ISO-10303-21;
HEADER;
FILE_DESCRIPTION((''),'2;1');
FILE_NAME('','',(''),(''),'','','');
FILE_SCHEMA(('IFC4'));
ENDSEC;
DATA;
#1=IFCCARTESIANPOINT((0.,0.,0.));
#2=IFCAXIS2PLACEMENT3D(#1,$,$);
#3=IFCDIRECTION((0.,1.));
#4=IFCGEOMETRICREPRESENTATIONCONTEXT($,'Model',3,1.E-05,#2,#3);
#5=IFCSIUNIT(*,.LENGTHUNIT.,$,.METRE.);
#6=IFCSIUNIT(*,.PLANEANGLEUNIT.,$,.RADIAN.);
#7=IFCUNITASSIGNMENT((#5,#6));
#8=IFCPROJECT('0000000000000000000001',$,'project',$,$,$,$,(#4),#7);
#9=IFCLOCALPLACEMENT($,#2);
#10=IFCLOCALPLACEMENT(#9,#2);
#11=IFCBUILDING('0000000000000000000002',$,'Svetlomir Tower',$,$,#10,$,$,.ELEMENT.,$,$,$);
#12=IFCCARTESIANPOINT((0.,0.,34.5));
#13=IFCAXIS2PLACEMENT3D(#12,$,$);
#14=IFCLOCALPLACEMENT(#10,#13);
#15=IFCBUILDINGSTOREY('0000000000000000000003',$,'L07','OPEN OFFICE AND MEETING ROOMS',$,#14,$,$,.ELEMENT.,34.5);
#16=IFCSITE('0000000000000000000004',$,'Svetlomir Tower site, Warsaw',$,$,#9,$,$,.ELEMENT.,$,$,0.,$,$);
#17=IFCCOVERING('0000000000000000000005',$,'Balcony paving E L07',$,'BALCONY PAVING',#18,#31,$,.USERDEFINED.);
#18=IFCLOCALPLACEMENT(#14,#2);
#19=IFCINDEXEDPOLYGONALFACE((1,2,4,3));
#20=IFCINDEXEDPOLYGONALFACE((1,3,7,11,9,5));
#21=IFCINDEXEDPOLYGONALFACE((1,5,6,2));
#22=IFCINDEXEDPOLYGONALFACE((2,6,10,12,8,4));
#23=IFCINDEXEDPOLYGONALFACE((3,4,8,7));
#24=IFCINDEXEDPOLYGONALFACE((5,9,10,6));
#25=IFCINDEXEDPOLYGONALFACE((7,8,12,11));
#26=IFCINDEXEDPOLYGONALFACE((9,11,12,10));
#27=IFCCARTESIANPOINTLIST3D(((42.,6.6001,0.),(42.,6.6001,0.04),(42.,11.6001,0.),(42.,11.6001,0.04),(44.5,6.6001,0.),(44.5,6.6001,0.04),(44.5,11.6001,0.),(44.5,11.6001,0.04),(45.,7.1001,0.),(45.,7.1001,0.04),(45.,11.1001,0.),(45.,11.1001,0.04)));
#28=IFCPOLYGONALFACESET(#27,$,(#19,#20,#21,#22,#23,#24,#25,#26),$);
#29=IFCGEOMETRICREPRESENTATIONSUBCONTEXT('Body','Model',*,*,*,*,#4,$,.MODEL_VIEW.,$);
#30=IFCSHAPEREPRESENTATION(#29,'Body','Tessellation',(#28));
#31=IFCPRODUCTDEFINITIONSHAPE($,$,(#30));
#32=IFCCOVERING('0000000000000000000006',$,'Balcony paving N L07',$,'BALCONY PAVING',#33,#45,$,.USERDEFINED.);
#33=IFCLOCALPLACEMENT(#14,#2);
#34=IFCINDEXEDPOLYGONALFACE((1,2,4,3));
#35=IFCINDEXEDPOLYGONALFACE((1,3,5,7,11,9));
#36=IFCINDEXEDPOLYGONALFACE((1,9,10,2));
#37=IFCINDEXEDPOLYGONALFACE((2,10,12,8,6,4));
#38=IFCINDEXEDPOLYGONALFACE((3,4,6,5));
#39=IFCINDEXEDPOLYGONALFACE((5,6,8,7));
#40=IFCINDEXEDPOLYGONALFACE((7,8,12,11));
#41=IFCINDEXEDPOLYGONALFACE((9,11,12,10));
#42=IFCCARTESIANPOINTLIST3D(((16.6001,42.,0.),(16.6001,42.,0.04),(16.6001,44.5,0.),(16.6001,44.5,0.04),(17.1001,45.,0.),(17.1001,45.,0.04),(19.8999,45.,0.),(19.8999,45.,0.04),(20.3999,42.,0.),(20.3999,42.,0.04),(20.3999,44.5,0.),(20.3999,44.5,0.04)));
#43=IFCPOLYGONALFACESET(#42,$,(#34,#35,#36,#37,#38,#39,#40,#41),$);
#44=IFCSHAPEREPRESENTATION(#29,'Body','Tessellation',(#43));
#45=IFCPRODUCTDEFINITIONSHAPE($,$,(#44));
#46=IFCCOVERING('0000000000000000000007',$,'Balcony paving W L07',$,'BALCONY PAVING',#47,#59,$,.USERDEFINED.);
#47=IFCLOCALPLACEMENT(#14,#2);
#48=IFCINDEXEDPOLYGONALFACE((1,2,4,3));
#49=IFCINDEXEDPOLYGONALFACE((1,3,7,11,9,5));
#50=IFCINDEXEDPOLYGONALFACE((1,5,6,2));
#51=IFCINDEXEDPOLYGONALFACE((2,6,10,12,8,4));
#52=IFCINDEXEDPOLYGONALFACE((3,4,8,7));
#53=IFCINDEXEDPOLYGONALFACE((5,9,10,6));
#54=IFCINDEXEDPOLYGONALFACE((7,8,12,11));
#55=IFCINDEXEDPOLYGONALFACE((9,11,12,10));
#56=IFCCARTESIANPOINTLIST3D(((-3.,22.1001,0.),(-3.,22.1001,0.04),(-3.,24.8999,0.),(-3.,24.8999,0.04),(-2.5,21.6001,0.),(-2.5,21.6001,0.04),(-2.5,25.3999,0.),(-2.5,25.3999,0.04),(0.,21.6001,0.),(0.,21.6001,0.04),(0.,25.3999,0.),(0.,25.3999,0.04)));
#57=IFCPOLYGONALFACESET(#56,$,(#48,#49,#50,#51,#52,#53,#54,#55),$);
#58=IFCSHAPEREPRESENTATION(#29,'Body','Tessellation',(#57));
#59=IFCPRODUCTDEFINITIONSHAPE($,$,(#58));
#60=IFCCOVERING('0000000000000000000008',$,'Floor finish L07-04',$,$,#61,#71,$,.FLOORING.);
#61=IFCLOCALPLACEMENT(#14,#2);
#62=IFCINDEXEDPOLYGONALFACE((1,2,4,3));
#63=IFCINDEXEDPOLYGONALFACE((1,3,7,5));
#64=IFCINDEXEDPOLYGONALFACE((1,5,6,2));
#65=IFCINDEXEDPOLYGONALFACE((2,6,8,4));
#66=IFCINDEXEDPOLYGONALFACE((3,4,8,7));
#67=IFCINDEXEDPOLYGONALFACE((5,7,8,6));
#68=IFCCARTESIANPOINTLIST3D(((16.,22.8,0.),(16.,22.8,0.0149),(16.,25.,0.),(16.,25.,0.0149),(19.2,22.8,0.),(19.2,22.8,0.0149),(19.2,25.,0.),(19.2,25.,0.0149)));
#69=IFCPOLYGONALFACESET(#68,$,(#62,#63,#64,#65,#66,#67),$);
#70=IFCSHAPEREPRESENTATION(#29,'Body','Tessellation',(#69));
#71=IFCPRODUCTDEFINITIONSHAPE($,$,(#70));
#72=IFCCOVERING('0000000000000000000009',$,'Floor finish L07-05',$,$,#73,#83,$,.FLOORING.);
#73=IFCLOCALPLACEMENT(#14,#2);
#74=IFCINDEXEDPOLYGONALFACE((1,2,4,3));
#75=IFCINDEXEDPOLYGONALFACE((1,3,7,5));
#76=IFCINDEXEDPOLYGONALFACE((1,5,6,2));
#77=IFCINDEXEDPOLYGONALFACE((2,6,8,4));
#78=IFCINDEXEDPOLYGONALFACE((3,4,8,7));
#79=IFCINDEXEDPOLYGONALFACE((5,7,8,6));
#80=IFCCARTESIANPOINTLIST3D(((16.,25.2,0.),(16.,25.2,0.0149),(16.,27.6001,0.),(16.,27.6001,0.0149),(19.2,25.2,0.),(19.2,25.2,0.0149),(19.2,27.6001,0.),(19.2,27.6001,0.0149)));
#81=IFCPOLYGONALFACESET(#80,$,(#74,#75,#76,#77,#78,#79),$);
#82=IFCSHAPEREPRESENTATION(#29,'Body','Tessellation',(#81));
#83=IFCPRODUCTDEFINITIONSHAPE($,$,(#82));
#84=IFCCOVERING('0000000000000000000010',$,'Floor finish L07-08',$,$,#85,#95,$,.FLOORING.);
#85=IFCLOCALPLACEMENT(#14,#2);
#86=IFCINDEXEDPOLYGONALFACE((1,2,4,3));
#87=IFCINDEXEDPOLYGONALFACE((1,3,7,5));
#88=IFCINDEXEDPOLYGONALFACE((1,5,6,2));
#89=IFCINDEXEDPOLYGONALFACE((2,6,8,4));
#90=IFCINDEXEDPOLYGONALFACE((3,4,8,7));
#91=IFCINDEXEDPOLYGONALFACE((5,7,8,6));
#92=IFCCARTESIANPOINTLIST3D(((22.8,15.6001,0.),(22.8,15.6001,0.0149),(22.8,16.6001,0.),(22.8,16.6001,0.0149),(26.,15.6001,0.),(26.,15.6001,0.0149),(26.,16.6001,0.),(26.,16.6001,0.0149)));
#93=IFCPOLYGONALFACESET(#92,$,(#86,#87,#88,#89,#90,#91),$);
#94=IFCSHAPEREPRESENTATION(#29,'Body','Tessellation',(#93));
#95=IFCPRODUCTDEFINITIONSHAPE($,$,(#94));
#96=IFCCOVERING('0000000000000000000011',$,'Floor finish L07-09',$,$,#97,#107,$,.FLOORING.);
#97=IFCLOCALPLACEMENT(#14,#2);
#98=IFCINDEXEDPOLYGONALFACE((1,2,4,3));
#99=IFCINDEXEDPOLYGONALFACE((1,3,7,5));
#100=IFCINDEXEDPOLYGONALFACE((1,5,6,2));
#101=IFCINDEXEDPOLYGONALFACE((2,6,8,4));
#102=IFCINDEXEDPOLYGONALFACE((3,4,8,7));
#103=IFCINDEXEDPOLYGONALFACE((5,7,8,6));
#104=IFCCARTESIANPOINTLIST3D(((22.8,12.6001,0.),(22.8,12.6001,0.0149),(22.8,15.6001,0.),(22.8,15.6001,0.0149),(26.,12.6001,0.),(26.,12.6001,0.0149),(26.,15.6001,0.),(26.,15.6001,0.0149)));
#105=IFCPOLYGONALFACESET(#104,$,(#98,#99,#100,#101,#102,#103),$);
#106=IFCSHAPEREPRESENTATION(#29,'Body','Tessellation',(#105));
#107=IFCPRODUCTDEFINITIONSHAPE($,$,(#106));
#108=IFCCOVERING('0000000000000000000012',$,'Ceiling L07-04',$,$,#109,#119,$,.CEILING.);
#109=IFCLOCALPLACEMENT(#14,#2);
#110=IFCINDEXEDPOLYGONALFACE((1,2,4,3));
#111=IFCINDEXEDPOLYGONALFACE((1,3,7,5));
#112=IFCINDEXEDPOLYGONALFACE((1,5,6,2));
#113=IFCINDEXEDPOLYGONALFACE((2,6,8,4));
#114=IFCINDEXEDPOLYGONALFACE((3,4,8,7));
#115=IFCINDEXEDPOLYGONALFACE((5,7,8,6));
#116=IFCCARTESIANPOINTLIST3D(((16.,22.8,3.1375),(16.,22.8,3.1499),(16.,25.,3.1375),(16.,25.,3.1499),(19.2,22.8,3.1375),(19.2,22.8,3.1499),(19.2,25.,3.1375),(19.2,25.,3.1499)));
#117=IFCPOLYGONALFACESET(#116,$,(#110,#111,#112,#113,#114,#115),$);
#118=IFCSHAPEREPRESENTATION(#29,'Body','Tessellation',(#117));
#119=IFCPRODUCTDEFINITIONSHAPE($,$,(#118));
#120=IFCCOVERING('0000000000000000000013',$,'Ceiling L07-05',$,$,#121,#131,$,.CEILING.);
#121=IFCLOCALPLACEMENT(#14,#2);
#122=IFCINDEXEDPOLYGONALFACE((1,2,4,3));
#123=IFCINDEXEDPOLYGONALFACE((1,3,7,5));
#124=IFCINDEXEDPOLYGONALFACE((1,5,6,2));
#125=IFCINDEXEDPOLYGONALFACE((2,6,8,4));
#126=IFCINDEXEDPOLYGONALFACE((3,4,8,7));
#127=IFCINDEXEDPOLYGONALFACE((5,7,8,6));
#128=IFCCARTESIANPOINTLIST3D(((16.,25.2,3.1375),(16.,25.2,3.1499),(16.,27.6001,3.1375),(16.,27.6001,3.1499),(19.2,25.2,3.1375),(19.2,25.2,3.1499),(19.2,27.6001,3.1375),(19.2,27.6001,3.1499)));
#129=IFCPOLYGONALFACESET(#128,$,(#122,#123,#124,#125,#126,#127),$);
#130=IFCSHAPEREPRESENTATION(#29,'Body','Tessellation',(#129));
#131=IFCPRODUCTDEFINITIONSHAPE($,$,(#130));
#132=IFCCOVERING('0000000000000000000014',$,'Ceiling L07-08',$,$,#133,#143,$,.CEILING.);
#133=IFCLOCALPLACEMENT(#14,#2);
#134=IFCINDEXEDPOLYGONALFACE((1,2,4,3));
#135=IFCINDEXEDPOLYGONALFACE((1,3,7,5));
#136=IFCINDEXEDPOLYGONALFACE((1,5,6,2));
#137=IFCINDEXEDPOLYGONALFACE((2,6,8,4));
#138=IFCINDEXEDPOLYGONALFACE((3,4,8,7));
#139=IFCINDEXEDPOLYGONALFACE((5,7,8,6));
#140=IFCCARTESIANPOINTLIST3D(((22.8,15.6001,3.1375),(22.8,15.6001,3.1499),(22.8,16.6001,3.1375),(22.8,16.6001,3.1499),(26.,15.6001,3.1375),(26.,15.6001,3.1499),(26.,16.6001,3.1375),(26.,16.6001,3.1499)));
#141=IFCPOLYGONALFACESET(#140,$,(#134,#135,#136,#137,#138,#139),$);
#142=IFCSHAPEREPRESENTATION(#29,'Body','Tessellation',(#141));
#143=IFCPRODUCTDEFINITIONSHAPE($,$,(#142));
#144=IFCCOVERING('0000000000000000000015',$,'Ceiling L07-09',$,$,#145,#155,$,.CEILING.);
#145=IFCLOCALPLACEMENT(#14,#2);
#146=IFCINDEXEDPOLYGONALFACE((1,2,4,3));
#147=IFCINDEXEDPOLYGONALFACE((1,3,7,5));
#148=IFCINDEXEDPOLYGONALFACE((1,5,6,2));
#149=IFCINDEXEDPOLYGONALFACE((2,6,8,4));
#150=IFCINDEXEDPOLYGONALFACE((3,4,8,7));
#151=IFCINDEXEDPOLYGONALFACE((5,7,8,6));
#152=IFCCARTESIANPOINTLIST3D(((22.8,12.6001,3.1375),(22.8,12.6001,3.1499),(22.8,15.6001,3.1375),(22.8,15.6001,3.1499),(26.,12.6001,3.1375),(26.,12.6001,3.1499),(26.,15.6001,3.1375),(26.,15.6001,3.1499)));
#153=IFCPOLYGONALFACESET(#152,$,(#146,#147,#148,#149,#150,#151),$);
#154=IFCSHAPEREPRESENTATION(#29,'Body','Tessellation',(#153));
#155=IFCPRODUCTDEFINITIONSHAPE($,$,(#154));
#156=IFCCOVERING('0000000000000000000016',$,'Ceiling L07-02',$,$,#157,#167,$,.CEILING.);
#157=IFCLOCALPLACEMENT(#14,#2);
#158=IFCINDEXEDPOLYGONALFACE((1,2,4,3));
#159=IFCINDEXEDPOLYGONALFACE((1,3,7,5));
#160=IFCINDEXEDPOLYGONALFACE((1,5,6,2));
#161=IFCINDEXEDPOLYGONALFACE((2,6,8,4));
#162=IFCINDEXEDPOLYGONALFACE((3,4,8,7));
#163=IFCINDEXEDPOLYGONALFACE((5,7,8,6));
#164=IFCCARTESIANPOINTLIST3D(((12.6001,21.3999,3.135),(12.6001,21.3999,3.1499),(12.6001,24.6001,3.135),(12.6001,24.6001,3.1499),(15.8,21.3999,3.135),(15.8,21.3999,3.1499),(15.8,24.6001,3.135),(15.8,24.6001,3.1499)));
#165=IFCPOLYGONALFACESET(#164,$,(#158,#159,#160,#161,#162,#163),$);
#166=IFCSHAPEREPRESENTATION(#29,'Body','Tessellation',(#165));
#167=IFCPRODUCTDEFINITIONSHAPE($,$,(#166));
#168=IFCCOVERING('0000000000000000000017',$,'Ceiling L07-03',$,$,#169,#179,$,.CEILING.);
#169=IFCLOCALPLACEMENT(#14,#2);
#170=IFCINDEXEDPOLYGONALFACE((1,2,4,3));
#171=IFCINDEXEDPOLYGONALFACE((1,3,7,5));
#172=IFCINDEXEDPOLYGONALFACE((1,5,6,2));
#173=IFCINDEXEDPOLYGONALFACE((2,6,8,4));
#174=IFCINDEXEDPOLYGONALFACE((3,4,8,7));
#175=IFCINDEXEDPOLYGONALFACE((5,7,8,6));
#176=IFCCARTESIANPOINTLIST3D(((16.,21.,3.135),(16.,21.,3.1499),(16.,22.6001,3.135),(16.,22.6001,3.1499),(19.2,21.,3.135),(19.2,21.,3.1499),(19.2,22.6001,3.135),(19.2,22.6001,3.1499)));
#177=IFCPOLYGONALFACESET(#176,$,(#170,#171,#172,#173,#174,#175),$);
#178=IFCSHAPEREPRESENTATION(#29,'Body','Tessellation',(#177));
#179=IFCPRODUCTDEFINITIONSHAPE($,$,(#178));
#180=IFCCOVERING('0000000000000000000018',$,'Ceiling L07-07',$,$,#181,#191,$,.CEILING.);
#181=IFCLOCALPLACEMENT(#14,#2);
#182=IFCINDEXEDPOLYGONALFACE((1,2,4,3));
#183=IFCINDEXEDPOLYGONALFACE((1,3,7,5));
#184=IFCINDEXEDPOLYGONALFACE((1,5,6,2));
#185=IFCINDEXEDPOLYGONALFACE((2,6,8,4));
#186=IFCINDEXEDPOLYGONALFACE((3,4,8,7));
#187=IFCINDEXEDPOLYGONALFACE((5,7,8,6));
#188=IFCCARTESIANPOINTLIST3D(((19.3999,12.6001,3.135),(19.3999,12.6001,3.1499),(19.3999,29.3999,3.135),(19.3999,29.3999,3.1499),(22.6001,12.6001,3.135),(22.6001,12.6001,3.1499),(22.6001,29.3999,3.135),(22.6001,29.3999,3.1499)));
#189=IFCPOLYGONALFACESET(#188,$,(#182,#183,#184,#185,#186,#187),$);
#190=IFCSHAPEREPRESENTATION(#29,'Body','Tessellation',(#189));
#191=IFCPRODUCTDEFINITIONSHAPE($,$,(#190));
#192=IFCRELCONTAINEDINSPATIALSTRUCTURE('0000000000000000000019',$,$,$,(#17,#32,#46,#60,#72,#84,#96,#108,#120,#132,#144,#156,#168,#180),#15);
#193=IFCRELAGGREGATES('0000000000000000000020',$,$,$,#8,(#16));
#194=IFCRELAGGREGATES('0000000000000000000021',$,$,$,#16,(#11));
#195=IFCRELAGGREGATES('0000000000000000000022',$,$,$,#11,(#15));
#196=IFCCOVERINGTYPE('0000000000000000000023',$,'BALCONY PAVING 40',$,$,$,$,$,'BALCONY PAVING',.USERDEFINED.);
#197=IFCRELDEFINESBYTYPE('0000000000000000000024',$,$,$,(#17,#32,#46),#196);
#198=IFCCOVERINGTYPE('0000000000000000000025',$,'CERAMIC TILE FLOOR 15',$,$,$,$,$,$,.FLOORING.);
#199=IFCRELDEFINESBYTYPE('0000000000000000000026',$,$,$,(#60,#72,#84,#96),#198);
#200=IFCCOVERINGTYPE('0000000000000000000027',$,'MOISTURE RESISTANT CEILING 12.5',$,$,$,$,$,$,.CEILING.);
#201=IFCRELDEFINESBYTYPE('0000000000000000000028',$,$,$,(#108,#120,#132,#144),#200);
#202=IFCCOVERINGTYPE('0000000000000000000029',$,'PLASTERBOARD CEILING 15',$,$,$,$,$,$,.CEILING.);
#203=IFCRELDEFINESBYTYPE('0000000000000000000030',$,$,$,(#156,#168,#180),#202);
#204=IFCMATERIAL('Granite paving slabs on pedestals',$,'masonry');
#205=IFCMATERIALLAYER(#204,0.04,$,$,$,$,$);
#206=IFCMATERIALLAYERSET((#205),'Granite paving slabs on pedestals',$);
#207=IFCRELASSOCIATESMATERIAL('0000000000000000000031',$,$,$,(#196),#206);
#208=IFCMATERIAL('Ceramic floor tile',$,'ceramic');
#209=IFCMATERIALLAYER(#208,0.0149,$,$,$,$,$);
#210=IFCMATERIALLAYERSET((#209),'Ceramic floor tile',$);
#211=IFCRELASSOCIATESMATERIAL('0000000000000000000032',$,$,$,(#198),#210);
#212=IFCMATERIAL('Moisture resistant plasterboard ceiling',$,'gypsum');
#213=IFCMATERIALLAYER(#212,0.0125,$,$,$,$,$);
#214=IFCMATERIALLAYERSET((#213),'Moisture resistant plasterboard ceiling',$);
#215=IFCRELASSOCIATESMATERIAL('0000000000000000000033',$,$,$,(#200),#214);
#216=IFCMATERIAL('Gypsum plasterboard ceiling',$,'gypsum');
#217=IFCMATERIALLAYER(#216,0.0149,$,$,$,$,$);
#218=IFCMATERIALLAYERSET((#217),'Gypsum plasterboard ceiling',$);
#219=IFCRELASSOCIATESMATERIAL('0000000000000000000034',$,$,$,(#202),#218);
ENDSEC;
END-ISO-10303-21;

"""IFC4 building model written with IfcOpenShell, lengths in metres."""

from ifc_helpers import new_model, si_unit, direction, frame, origin, place, context, subcontext, project, spatial, polyline, outline, extrude, material, layer, layer_set, type_object, element, save


model = new_model("IFC4")

# Units and contexts
model_context = context("Model", 3, precision=1e-05, world=origin(), true_north=direction((0.0, 1.0)))
body_context = subcontext(model_context, "Body", "Model", "MODEL_VIEW")
ifc_project = project(units=[si_unit("LENGTHUNIT", "METRE"), si_unit("PLANEANGLEUNIT", "RADIAN")], contexts=[model_context])

# Site, building, storey
site_placement = place(None, origin())
site = spatial("IfcSite", under=ifc_project, at=site_placement, Name="Svetlomir Tower site, Warsaw", CompositionType="ELEMENT", RefElevation=0.0)
building_placement = place(site_placement, origin())
building = spatial("IfcBuilding", under=site, at=building_placement, Name="Svetlomir Tower", CompositionType="ELEMENT")
storey_placement = place(building_placement, frame((0.0, 0.0, 34.5)))
storey = spatial("IfcBuildingStorey", under=building, at=storey_placement, Name="L07", Description="OPEN OFFICE AND MEETING ROOMS", CompositionType="ELEMENT", Elevation=34.5)

# Coverings
ifc_material_1 = material(Name="Granite paving slabs on pedestals", Category="masonry")
ifc_layer_1 = layer(ifc_material_1, 0.04)
ifc_layer_set_1 = layer_set([ifc_layer_1], Name="Granite paving slabs on pedestals")
covering_type_1 = type_object("IfcCoveringType", Name="BALCONY PAVING 40", ElementType="BALCONY PAVING", PredefinedType="USERDEFINED", material=ifc_layer_set_1)
covering_1_placement = place(storey_placement, origin())
element("IfcCovering", 1, at=covering_1_placement, inside=storey, type_object=covering_type_1, Name="Balcony paving E L07", ObjectType="BALCONY PAVING", PredefinedType="USERDEFINED", context=body_context, shape_type="SweptSolid", body=[
    extrude(outline(polyline([(42.0, 6.6001), (44.5, 6.6001), (45.0, 7.1001), (45.0, 11.1001), (44.5, 11.6001), (42.0, 11.6001), (42.0, 6.6001)])), origin(), (0.0, 0.0, 1.0), 0.04),
])
covering_2_placement = place(storey_placement, origin())
element("IfcCovering", 2, at=covering_2_placement, inside=storey, type_object=covering_type_1, Name="Balcony paving N L07", ObjectType="BALCONY PAVING", PredefinedType="USERDEFINED", context=body_context, shape_type="SweptSolid", body=[
    extrude(outline(polyline([(16.6001, 42.0), (20.3999, 42.0), (20.3999, 44.5), (19.8999, 45.0), (17.1001, 45.0), (16.6001, 44.5), (16.6001, 42.0)])), origin(), (0.0, 0.0, 1.0), 0.04),
])
covering_3_placement = place(storey_placement, origin())
element("IfcCovering", 3, at=covering_3_placement, inside=storey, type_object=covering_type_1, Name="Balcony paving W L07", ObjectType="BALCONY PAVING", PredefinedType="USERDEFINED", context=body_context, shape_type="SweptSolid", body=[
    extrude(outline(polyline([(-2.5, 21.6001), (0.0, 21.6001), (0.0, 25.3999), (-2.5, 25.3999), (-3.0, 24.8999), (-3.0, 22.1001), (-2.5, 21.6001)])), origin(), (0.0, 0.0, 1.0), 0.04),
])
ifc_material_2 = material(Name="Ceramic floor tile", Category="ceramic")
ifc_layer_2 = layer(ifc_material_2, 0.0149)
ifc_layer_set_2 = layer_set([ifc_layer_2], Name="Ceramic floor tile")
covering_type_2 = type_object("IfcCoveringType", Name="CERAMIC TILE FLOOR 15", PredefinedType="FLOORING", material=ifc_layer_set_2)
covering_4_placement = place(storey_placement, origin())
element("IfcCovering", 4, at=covering_4_placement, inside=storey, type_object=covering_type_2, Name="Floor finish L07-04", PredefinedType="FLOORING", context=body_context, shape_type="SweptSolid", body=[
    extrude(outline(polyline([(16.0, 22.8), (19.2, 22.8), (19.2, 25.0), (16.0, 25.0), (16.0, 22.8)])), origin(), (0.0, 0.0, 1.0), 0.0149),
])
covering_5_placement = place(storey_placement, origin())
element("IfcCovering", 5, at=covering_5_placement, inside=storey, type_object=covering_type_2, Name="Floor finish L07-05", PredefinedType="FLOORING", context=body_context, shape_type="SweptSolid", body=[
    extrude(outline(polyline([(16.0, 25.2), (19.2, 25.2), (19.2, 27.6001), (16.0, 27.6001), (16.0, 25.2)])), origin(), (0.0, 0.0, 1.0), 0.0149),
])
covering_6_placement = place(storey_placement, origin())
element("IfcCovering", 6, at=covering_6_placement, inside=storey, type_object=covering_type_2, Name="Floor finish L07-08", PredefinedType="FLOORING", context=body_context, shape_type="SweptSolid", body=[
    extrude(outline(polyline([(22.8, 15.6001), (26.0, 15.6001), (26.0, 16.6001), (22.8, 16.6001), (22.8, 15.6001)])), origin(), (0.0, 0.0, 1.0), 0.0149),
])
covering_7_placement = place(storey_placement, origin())
element("IfcCovering", 7, at=covering_7_placement, inside=storey, type_object=covering_type_2, Name="Floor finish L07-09", PredefinedType="FLOORING", context=body_context, shape_type="SweptSolid", body=[
    extrude(outline(polyline([(22.8, 12.6001), (26.0, 12.6001), (26.0, 15.6001), (22.8, 15.6001), (22.8, 12.6001)])), origin(), (0.0, 0.0, 1.0), 0.0149),
])
ifc_material_3 = material(Name="Moisture resistant plasterboard ceiling", Category="gypsum")
ifc_layer_3 = layer(ifc_material_3, 0.0125)
ifc_layer_set_3 = layer_set([ifc_layer_3], Name="Moisture resistant plasterboard ceiling")
covering_type_3 = type_object("IfcCoveringType", Name="MOISTURE RESISTANT CEILING 12.5", PredefinedType="CEILING", material=ifc_layer_set_3)
covering_8_placement = place(storey_placement, frame((0.0, 0.0, 3.1375)))
element("IfcCovering", 8, at=covering_8_placement, inside=storey, type_object=covering_type_3, Name="Ceiling L07-04", PredefinedType="CEILING", context=body_context, shape_type="SweptSolid", body=[
    extrude(outline(polyline([(16.0, 22.8), (19.2, 22.8), (19.2, 25.0), (16.0, 25.0), (16.0, 22.8)])), origin(), (0.0, 0.0, 1.0), 0.0125),
])
covering_9_placement = place(storey_placement, frame((0.0, 0.0, 3.1375)))
element("IfcCovering", 9, at=covering_9_placement, inside=storey, type_object=covering_type_3, Name="Ceiling L07-05", PredefinedType="CEILING", context=body_context, shape_type="SweptSolid", body=[
    extrude(outline(polyline([(16.0, 25.2), (19.2, 25.2), (19.2, 27.6001), (16.0, 27.6001), (16.0, 25.2)])), origin(), (0.0, 0.0, 1.0), 0.0125),
])
covering_10_placement = place(storey_placement, frame((0.0, 0.0, 3.1375)))
element("IfcCovering", 10, at=covering_10_placement, inside=storey, type_object=covering_type_3, Name="Ceiling L07-08", PredefinedType="CEILING", context=body_context, shape_type="SweptSolid", body=[
    extrude(outline(polyline([(22.8, 15.6001), (26.0, 15.6001), (26.0, 16.6001), (22.8, 16.6001), (22.8, 15.6001)])), origin(), (0.0, 0.0, 1.0), 0.0125),
])
covering_11_placement = place(storey_placement, frame((0.0, 0.0, 3.1375)))
element("IfcCovering", 11, at=covering_11_placement, inside=storey, type_object=covering_type_3, Name="Ceiling L07-09", PredefinedType="CEILING", context=body_context, shape_type="SweptSolid", body=[
    extrude(outline(polyline([(22.8, 12.6001), (26.0, 12.6001), (26.0, 15.6001), (22.8, 15.6001), (22.8, 12.6001)])), origin(), (0.0, 0.0, 1.0), 0.0125),
])
ifc_material_4 = material(Name="Gypsum plasterboard ceiling", Category="gypsum")
ifc_layer_4 = layer(ifc_material_4, 0.0149)
ifc_layer_set_4 = layer_set([ifc_layer_4], Name="Gypsum plasterboard ceiling")
covering_type_4 = type_object("IfcCoveringType", Name="PLASTERBOARD CEILING 15", PredefinedType="CEILING", material=ifc_layer_set_4)
covering_12_placement = place(storey_placement, frame((0.0, 0.0, 3.135)))
element("IfcCovering", 12, at=covering_12_placement, inside=storey, type_object=covering_type_4, Name="Ceiling L07-02", PredefinedType="CEILING", context=body_context, shape_type="SweptSolid", body=[
    extrude(outline(polyline([(12.6001, 21.3999), (15.8, 21.3999), (15.8, 24.6001), (12.6001, 24.6001), (12.6001, 21.3999)])), origin(), (0.0, 0.0, 1.0), 0.0149),
])
covering_13_placement = place(storey_placement, frame((0.0, 0.0, 3.135)))
element("IfcCovering", 13, at=covering_13_placement, inside=storey, type_object=covering_type_4, Name="Ceiling L07-03", PredefinedType="CEILING", context=body_context, shape_type="SweptSolid", body=[
    extrude(outline(polyline([(16.0, 21.0), (19.2, 21.0), (19.2, 22.6001), (16.0, 22.6001), (16.0, 21.0)])), origin(), (0.0, 0.0, 1.0), 0.0149),
])
covering_14_placement = place(storey_placement, frame((0.0, 0.0, 3.135)))
element("IfcCovering", 14, at=covering_14_placement, inside=storey, type_object=covering_type_4, Name="Ceiling L07-07", PredefinedType="CEILING", context=body_context, shape_type="SweptSolid", body=[
    extrude(outline(polyline([(19.3999, 12.6001), (22.6001, 12.6001), (22.6001, 29.3999), (19.3999, 29.3999), (19.3999, 12.6001)])), origin(), (0.0, 0.0, 1.0), 0.0149),
])

save(model, "model.ifc")
